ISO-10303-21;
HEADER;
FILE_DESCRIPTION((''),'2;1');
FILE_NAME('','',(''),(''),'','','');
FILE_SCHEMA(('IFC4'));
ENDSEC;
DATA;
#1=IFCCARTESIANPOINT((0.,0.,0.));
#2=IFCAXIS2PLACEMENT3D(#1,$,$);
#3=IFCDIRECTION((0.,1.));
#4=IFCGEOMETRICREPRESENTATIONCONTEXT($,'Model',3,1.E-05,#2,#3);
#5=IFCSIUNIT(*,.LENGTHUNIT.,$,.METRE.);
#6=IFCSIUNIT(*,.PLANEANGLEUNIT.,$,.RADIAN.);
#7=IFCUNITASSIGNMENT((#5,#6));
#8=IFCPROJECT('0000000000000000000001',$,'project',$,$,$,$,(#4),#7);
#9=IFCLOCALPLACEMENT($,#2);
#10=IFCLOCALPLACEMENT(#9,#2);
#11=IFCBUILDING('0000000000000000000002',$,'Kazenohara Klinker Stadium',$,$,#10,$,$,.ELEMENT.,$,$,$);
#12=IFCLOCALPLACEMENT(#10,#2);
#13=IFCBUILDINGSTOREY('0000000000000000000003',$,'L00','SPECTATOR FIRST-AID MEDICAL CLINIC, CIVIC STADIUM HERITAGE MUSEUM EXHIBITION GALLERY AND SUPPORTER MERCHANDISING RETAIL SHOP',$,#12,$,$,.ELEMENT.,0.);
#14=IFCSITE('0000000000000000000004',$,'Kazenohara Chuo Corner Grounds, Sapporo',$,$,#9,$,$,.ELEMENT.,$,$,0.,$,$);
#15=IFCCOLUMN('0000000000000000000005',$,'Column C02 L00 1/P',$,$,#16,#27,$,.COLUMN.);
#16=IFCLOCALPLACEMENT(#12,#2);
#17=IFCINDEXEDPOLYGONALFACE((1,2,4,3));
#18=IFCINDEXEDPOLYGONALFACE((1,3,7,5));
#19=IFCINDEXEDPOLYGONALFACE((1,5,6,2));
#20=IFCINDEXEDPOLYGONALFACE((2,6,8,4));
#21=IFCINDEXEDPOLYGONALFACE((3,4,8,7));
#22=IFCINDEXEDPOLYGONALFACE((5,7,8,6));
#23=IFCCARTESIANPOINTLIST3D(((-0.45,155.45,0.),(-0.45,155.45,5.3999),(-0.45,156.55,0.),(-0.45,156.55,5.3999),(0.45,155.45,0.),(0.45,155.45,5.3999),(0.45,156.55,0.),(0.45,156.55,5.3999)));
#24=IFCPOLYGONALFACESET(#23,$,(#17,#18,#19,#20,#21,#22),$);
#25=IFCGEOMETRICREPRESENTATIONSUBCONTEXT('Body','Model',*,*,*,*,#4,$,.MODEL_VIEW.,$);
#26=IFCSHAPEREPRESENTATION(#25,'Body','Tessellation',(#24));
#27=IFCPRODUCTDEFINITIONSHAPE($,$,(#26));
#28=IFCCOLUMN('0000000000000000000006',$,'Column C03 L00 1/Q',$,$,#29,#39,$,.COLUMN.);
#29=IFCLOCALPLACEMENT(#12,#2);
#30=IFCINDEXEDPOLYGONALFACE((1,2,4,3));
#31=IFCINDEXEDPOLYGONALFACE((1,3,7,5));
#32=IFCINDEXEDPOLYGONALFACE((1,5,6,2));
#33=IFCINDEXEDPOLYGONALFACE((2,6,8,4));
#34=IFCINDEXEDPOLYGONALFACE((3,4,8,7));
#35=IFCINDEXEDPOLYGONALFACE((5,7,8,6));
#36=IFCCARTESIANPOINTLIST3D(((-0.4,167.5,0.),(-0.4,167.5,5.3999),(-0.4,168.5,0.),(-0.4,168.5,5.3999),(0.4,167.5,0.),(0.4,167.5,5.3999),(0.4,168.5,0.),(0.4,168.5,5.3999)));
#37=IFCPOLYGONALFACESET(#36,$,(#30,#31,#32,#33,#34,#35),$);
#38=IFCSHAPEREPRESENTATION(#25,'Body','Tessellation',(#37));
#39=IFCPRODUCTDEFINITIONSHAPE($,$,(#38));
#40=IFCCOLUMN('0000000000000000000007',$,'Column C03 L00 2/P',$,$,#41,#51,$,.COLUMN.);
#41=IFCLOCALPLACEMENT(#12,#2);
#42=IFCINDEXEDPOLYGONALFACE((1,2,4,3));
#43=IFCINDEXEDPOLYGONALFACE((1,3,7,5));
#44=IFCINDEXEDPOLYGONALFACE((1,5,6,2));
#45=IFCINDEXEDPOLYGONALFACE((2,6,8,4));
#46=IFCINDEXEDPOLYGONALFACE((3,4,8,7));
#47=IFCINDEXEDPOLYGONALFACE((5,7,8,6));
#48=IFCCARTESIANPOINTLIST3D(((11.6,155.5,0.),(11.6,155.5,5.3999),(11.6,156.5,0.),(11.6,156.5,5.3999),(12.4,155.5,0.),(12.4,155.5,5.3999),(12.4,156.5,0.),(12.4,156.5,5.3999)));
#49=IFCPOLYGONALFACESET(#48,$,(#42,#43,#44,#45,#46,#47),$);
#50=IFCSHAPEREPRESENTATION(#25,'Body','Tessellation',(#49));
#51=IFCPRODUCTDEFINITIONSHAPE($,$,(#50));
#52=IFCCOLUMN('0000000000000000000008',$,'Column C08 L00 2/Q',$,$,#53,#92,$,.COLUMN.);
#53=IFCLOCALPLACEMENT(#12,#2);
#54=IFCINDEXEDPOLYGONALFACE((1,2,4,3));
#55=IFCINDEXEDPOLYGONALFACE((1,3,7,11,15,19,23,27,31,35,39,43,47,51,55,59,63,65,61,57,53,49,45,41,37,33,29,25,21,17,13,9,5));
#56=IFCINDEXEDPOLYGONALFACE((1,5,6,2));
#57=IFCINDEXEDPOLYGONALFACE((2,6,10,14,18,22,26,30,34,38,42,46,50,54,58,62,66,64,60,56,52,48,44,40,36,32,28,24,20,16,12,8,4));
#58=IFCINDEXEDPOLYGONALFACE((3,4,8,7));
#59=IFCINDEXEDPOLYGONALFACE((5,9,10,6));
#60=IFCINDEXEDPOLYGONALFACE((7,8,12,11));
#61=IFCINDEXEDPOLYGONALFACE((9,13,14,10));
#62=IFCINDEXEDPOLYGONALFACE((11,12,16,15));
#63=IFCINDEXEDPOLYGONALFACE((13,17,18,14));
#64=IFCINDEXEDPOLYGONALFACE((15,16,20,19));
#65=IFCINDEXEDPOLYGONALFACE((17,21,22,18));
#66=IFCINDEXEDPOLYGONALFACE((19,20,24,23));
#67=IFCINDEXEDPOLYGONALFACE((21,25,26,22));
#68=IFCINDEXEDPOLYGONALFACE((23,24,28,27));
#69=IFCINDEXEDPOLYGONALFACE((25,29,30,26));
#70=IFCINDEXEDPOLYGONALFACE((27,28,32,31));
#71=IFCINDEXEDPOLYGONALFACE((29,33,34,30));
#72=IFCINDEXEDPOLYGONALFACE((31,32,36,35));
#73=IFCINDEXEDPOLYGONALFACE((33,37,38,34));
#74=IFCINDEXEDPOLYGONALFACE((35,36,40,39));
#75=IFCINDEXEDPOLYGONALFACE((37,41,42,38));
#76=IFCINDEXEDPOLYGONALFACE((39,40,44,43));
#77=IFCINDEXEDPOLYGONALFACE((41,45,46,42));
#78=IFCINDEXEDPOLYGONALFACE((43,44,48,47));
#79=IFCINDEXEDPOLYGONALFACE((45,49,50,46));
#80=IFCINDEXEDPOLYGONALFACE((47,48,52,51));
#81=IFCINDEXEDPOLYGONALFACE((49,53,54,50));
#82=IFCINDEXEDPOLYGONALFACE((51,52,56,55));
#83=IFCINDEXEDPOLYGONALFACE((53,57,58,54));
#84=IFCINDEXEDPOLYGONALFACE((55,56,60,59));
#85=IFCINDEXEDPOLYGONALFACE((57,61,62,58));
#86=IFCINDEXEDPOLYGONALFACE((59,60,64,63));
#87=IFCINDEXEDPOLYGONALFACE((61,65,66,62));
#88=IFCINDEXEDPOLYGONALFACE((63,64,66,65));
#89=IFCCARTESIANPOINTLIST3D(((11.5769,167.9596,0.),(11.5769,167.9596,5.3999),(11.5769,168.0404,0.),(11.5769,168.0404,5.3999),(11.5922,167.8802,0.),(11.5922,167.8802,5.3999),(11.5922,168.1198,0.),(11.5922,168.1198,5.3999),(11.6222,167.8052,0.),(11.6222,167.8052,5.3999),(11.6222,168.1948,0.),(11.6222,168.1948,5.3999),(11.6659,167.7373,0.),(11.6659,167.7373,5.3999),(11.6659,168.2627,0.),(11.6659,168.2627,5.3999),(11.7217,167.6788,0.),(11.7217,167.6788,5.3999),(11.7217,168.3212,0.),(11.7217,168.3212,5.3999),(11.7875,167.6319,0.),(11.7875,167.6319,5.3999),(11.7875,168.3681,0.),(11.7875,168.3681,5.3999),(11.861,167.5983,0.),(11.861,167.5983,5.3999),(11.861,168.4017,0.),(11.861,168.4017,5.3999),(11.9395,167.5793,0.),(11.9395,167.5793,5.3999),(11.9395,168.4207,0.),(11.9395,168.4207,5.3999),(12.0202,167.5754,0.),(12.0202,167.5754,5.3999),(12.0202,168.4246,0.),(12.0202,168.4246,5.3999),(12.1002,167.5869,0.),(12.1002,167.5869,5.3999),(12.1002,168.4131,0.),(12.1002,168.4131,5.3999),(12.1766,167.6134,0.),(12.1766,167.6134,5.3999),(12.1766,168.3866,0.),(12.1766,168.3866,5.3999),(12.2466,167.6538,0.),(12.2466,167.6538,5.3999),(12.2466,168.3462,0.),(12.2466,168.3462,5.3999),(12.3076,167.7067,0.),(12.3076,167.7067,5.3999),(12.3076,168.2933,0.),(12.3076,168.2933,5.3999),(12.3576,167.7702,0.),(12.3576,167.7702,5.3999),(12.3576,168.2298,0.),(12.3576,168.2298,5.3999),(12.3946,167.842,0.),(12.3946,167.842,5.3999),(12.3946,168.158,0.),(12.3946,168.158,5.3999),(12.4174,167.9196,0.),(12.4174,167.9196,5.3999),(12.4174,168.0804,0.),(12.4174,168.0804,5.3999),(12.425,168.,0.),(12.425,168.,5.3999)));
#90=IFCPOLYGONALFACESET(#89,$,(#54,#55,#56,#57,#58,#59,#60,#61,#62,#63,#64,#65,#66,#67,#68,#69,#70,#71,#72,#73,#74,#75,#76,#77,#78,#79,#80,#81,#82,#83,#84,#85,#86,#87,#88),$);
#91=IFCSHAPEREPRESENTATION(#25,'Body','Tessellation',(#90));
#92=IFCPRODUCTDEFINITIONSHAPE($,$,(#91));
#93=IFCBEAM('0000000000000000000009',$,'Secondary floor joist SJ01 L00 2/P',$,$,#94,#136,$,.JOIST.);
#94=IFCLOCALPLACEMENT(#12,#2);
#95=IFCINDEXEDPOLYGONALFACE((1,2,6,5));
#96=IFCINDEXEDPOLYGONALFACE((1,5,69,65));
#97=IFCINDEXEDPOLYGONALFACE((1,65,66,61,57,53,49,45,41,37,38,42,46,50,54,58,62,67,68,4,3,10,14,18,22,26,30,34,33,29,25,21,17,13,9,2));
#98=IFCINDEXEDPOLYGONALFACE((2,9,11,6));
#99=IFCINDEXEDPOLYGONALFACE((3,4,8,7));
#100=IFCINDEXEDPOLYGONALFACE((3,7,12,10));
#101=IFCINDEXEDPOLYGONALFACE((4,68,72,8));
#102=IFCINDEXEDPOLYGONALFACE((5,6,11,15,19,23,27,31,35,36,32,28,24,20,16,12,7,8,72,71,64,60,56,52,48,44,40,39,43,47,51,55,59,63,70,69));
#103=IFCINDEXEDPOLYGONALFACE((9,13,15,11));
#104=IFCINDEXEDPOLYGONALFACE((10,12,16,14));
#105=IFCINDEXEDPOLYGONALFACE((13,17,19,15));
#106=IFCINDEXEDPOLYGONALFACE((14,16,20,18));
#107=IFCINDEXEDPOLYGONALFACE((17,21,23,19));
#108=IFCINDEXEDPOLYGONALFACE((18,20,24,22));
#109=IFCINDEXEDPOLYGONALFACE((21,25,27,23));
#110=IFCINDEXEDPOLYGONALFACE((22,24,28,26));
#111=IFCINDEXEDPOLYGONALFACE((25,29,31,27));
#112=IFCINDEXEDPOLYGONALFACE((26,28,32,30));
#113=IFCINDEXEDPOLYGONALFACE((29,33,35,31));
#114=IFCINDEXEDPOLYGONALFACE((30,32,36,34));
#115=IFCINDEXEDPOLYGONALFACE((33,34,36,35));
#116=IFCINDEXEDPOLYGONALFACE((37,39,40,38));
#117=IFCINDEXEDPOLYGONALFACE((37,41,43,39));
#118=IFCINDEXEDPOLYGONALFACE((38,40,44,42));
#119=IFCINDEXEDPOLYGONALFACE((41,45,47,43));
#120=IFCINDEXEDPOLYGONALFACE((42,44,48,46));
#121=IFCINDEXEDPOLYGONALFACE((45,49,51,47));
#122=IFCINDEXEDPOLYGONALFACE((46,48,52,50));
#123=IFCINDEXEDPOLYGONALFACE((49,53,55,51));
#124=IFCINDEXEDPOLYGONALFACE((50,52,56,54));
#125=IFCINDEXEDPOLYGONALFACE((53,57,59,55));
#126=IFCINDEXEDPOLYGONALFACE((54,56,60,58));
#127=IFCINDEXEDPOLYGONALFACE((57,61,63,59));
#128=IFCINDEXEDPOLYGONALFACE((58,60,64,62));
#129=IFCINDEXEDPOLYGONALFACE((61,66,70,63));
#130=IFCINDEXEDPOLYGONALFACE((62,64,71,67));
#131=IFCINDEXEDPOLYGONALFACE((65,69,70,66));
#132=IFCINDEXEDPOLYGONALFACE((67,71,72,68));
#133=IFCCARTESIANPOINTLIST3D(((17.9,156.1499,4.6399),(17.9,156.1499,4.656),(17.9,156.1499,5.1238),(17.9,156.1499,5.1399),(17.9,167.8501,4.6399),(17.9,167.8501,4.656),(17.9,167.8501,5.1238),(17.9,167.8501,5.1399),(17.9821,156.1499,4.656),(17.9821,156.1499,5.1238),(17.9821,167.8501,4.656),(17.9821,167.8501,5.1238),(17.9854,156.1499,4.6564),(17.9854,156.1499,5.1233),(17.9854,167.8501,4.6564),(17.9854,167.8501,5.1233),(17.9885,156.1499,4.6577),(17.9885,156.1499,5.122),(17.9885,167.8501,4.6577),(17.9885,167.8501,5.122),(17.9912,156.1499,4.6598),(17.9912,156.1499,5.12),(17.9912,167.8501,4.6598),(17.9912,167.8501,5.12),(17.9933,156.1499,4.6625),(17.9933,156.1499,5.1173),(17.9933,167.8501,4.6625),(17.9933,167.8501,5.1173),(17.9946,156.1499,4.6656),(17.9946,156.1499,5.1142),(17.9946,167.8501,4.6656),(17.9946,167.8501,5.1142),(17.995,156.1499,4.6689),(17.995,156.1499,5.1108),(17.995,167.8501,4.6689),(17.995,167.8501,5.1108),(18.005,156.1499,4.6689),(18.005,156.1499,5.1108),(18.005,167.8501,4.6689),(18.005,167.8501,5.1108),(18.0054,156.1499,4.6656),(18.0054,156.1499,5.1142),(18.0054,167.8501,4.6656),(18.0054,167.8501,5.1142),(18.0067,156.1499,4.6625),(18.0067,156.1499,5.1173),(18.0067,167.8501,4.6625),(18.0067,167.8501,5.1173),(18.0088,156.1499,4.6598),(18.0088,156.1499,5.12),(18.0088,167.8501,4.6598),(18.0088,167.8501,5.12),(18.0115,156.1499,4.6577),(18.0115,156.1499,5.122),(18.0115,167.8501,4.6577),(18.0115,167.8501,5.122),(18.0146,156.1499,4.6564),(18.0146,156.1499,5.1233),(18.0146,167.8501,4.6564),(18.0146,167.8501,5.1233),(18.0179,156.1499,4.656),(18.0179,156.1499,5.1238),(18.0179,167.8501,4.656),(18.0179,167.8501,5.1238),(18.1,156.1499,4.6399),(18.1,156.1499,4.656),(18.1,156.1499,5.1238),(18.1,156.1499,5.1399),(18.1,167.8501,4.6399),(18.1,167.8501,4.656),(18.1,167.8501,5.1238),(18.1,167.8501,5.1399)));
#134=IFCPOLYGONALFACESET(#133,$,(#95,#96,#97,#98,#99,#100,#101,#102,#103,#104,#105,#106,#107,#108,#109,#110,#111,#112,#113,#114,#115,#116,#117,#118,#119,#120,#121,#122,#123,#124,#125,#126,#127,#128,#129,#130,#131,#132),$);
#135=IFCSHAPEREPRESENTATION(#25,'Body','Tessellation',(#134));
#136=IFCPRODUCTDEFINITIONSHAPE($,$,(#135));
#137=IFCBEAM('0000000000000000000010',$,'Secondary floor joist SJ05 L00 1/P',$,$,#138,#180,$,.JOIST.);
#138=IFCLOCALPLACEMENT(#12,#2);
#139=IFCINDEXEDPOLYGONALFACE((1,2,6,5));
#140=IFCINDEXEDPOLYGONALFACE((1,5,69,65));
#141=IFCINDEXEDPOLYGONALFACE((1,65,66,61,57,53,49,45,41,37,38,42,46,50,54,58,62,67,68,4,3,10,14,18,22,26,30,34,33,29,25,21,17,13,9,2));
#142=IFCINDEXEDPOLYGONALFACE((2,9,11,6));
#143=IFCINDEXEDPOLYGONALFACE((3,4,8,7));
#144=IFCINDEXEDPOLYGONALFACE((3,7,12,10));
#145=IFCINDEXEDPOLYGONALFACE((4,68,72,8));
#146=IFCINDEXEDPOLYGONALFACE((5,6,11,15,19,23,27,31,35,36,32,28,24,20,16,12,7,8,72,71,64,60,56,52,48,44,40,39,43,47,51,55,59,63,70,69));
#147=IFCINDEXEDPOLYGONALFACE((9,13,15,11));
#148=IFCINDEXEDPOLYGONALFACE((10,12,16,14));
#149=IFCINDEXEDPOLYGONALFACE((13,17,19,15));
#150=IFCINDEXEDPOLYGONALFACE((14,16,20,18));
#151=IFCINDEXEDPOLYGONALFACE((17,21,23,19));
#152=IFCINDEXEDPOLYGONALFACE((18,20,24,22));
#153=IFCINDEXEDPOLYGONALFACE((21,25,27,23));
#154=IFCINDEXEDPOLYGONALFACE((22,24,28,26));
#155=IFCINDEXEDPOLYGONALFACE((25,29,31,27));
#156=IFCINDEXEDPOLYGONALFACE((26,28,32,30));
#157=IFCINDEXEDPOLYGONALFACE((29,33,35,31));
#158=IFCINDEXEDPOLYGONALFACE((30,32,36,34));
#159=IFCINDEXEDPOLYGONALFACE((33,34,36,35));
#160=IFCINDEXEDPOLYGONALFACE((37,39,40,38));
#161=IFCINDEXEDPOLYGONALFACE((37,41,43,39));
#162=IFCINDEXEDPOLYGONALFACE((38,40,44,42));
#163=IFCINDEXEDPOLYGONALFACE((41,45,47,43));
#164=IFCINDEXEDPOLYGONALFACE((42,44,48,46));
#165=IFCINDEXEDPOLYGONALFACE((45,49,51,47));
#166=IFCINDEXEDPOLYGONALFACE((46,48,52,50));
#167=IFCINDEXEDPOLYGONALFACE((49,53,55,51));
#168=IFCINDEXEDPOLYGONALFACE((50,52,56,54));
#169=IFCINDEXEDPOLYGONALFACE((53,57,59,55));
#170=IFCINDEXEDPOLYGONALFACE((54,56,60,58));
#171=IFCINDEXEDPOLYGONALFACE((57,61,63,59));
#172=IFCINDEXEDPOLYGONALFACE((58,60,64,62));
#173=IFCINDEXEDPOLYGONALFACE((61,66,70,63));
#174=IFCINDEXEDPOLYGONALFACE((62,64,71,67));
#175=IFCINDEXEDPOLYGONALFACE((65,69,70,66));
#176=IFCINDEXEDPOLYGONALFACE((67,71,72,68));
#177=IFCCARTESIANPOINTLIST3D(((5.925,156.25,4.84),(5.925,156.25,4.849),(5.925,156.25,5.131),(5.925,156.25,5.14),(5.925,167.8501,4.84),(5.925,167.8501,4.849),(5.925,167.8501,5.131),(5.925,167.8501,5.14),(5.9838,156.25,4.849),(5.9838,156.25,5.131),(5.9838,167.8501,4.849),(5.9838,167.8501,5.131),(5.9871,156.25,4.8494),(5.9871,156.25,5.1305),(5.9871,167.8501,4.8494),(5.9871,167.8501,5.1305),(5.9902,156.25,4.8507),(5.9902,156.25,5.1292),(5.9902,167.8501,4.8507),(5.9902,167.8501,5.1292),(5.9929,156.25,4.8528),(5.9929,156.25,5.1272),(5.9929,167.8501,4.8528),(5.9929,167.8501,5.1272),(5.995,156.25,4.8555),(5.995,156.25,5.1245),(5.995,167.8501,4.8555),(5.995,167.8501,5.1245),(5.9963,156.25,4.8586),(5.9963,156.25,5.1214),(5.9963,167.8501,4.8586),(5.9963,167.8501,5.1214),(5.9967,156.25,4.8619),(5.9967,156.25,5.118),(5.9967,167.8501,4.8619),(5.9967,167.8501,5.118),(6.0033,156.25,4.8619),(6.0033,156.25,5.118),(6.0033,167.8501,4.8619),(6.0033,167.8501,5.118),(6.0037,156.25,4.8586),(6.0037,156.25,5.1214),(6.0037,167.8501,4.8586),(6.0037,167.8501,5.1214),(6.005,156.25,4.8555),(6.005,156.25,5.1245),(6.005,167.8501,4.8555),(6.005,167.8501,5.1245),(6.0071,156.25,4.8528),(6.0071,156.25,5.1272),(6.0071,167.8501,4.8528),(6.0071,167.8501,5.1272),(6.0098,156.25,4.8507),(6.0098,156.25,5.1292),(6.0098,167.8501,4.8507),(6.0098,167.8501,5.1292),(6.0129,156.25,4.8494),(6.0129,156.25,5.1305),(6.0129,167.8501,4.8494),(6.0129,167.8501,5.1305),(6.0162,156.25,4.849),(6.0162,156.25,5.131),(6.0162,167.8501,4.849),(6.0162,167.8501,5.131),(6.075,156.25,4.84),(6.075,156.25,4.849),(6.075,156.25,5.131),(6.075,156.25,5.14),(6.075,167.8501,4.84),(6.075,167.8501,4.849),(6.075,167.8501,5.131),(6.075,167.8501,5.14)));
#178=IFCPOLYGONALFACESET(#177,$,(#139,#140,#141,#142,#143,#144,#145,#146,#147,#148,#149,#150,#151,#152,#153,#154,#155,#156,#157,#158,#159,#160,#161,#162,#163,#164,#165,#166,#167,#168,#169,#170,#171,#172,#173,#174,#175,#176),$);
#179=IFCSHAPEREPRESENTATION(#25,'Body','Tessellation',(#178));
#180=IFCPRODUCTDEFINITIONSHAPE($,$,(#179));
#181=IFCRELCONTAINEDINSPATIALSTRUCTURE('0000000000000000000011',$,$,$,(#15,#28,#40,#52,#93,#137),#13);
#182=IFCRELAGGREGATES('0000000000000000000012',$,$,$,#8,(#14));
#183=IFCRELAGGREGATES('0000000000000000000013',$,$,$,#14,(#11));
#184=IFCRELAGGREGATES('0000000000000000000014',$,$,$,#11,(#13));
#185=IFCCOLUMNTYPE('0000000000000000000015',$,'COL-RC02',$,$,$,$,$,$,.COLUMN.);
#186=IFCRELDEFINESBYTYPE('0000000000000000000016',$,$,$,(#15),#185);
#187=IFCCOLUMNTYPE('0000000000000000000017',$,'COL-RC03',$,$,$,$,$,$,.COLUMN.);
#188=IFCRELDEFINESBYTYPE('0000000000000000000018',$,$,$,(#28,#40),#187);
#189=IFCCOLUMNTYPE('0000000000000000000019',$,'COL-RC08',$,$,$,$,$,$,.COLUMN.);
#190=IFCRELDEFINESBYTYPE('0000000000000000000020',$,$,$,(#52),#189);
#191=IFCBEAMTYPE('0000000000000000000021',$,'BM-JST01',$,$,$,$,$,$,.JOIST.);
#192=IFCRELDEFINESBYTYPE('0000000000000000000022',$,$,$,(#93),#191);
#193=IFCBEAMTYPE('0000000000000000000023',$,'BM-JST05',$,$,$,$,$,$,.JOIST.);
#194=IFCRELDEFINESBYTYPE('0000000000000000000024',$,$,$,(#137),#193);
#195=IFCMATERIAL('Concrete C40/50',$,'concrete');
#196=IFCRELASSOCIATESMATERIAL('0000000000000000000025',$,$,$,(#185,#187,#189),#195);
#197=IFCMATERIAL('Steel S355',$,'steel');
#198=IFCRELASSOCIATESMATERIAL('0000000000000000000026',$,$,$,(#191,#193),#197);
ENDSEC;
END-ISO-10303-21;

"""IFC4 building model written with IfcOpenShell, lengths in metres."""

from ifc_helpers import new_model, si_unit, direction, frame, origin, origin_2d, place, context, subcontext, project, spatial, rectangle, circle, i_section, extrude, material, material_profile, profile_set, type_object, element, save


model = new_model("IFC4")

# Units and contexts
model_context = context("Model", 3, precision=1e-05, world=origin(), true_north=direction((0.0, 1.0)))
body_context = subcontext(model_context, "Body", "Model", "MODEL_VIEW")
ifc_project = project(units=[si_unit("LENGTHUNIT", "METRE"), si_unit("PLANEANGLEUNIT", "RADIAN")], contexts=[model_context])

# Site, building, storey
site_placement = place(None, origin())
site = spatial("IfcSite", under=ifc_project, at=site_placement, Name="Kazenohara Chuo Corner Grounds, Sapporo", CompositionType="ELEMENT", RefElevation=0.0)
building_placement = place(site_placement, origin())
building = spatial("IfcBuilding", under=site, at=building_placement, Name="Kazenohara Klinker Stadium", CompositionType="ELEMENT")
storey_placement = place(building_placement, origin())
storey = spatial("IfcBuildingStorey", under=building, at=storey_placement, Name="L00", Description="SPECTATOR FIRST-AID MEDICAL CLINIC, CIVIC STADIUM HERITAGE MUSEUM EXHIBITION GALLERY AND SUPPORTER MERCHANDISING RETAIL SHOP", CompositionType="ELEMENT", Elevation=0.0)

# Columns
ifc_material_1 = material(Name="Concrete C40/50", Category="concrete")
ifc_material_profile_1 = material_profile(ifc_material_1, rectangle(XDim=0.8999, YDim=1.1001, at=origin_2d()), Name="RC-COL-1100x900")
ifc_profile_set_1 = profile_set([ifc_material_profile_1], Name="Concrete C40/50")
column_type_1 = type_object("IfcColumnType", Name="COL-RC02", PredefinedType="COLUMN", material=ifc_profile_set_1)
column_1_placement = place(storey_placement, frame((0.0, 156.0, 0.0), z_axis=(0.0, 0.0, 1.0), x_axis=(1.0, 0.0, 0.0)))
element("IfcColumn", 1, at=column_1_placement, inside=storey, type_object=column_type_1, Name="Column C02 L00 1/P", PredefinedType="COLUMN", context=body_context, shape_type="SweptSolid", body=[
    extrude(rectangle(XDim=0.8999, YDim=1.1001, at=origin_2d()), origin(), (0.0, 0.0, 1.0), 5.3999),
])
ifc_material_profile_2 = material_profile(ifc_material_1, rectangle(XDim=0.8, YDim=1.0, at=origin_2d()), Name="RC-COL-1000x800")
ifc_profile_set_2 = profile_set([ifc_material_profile_2], Name="Concrete C40/50")
column_type_2 = type_object("IfcColumnType", Name="COL-RC03", PredefinedType="COLUMN", material=ifc_profile_set_2)
for number, where, z_axis, x_axis, name in (
    (2, (0.0, 168.0, 0.0), (0.0, 0.0, 1.0), (1.0, 0.0, 0.0), "Column C03 L00 1/Q"),
    (3, (12.0, 156.0, 0.0), (0.0, 0.0, 1.0), (1.0, 0.0, 0.0), "Column C03 L00 2/P"),
):
    element("IfcColumn", number, at=place(storey_placement, frame(where, z_axis=z_axis, x_axis=x_axis)), inside=storey, type_object=column_type_2, Name=name, PredefinedType="COLUMN", context=body_context, shape_type="SweptSolid", body=[
        extrude(rectangle(XDim=0.8, YDim=1.0, at=origin_2d()), origin(), (0.0, 0.0, 1.0), 5.3999),
    ])
ifc_material_profile_3 = material_profile(ifc_material_1, circle(Radius=0.425, at=origin_2d()), Name="RC-COL-D850")
ifc_profile_set_3 = profile_set([ifc_material_profile_3], Name="Concrete C40/50")
column_type_3 = type_object("IfcColumnType", Name="COL-RC08", PredefinedType="COLUMN", material=ifc_profile_set_3)
column_2_placement = place(storey_placement, frame((12.0, 168.0, 0.0), z_axis=(0.0, 0.0, 1.0), x_axis=(1.0, 0.0, 0.0)))
element("IfcColumn", 4, at=column_2_placement, inside=storey, type_object=column_type_3, Name="Column C08 L00 2/Q", PredefinedType="COLUMN", context=body_context, shape_type="SweptSolid", body=[
    extrude(circle(Radius=0.425, at=origin_2d()), origin(), (0.0, 0.0, 1.0), 5.3999),
])

# Beams
ifc_material_2 = material(Name="Steel S355", Category="steel")
ifc_material_profile_4 = material_profile(ifc_material_2, i_section(OverallWidth=0.2, OverallDepth=0.5, WebThickness=0.01, FlangeThickness=0.0161, FilletRadius=0.0129, at=origin_2d()), Name="H-500x200x10x16")
ifc_profile_set_4 = profile_set([ifc_material_profile_4], Name="Steel S355")
beam_type_1 = type_object("IfcBeamType", Name="BM-JST01", PredefinedType="JOIST", material=ifc_profile_set_4)
beam_1_placement = place(storey_placement, frame((18.0, 156.1499, 4.8899), z_axis=(0.0, 1.0, 0.0), x_axis=(-1.0, 0.0, 0.0)))
element("IfcBeam", 5, at=beam_1_placement, inside=storey, type_object=beam_type_1, Name="Secondary floor joist SJ01 L00 2/P", PredefinedType="JOIST", context=body_context, shape_type="SweptSolid", body=[
    extrude(i_section(OverallWidth=0.2, OverallDepth=0.5, WebThickness=0.01, FlangeThickness=0.0161, FilletRadius=0.0129, at=origin_2d()), origin(), (0.0, 0.0, 1.0), 11.7002),
])
ifc_material_profile_5 = material_profile(ifc_material_2, i_section(OverallWidth=0.1499, OverallDepth=0.3, WebThickness=0.0066, FlangeThickness=0.009, FilletRadius=0.0129, at=origin_2d()), Name="H-300x150x6.5x9")
ifc_profile_set_5 = profile_set([ifc_material_profile_5], Name="Steel S355")
beam_type_2 = type_object("IfcBeamType", Name="BM-JST05", PredefinedType="JOIST", material=ifc_profile_set_5)
beam_2_placement = place(storey_placement, frame((6.0, 156.25, 4.99), z_axis=(0.0, 1.0, 0.0), x_axis=(-1.0, 0.0, 0.0)))
element("IfcBeam", 6, at=beam_2_placement, inside=storey, type_object=beam_type_2, Name="Secondary floor joist SJ05 L00 1/P", PredefinedType="JOIST", context=body_context, shape_type="SweptSolid", body=[
    extrude(i_section(OverallWidth=0.1499, OverallDepth=0.3, WebThickness=0.0066, FlangeThickness=0.009, FilletRadius=0.0129, at=origin_2d()), origin(), (0.0, 0.0, 1.0), 11.6001),
])

save(model, "model.ifc")
